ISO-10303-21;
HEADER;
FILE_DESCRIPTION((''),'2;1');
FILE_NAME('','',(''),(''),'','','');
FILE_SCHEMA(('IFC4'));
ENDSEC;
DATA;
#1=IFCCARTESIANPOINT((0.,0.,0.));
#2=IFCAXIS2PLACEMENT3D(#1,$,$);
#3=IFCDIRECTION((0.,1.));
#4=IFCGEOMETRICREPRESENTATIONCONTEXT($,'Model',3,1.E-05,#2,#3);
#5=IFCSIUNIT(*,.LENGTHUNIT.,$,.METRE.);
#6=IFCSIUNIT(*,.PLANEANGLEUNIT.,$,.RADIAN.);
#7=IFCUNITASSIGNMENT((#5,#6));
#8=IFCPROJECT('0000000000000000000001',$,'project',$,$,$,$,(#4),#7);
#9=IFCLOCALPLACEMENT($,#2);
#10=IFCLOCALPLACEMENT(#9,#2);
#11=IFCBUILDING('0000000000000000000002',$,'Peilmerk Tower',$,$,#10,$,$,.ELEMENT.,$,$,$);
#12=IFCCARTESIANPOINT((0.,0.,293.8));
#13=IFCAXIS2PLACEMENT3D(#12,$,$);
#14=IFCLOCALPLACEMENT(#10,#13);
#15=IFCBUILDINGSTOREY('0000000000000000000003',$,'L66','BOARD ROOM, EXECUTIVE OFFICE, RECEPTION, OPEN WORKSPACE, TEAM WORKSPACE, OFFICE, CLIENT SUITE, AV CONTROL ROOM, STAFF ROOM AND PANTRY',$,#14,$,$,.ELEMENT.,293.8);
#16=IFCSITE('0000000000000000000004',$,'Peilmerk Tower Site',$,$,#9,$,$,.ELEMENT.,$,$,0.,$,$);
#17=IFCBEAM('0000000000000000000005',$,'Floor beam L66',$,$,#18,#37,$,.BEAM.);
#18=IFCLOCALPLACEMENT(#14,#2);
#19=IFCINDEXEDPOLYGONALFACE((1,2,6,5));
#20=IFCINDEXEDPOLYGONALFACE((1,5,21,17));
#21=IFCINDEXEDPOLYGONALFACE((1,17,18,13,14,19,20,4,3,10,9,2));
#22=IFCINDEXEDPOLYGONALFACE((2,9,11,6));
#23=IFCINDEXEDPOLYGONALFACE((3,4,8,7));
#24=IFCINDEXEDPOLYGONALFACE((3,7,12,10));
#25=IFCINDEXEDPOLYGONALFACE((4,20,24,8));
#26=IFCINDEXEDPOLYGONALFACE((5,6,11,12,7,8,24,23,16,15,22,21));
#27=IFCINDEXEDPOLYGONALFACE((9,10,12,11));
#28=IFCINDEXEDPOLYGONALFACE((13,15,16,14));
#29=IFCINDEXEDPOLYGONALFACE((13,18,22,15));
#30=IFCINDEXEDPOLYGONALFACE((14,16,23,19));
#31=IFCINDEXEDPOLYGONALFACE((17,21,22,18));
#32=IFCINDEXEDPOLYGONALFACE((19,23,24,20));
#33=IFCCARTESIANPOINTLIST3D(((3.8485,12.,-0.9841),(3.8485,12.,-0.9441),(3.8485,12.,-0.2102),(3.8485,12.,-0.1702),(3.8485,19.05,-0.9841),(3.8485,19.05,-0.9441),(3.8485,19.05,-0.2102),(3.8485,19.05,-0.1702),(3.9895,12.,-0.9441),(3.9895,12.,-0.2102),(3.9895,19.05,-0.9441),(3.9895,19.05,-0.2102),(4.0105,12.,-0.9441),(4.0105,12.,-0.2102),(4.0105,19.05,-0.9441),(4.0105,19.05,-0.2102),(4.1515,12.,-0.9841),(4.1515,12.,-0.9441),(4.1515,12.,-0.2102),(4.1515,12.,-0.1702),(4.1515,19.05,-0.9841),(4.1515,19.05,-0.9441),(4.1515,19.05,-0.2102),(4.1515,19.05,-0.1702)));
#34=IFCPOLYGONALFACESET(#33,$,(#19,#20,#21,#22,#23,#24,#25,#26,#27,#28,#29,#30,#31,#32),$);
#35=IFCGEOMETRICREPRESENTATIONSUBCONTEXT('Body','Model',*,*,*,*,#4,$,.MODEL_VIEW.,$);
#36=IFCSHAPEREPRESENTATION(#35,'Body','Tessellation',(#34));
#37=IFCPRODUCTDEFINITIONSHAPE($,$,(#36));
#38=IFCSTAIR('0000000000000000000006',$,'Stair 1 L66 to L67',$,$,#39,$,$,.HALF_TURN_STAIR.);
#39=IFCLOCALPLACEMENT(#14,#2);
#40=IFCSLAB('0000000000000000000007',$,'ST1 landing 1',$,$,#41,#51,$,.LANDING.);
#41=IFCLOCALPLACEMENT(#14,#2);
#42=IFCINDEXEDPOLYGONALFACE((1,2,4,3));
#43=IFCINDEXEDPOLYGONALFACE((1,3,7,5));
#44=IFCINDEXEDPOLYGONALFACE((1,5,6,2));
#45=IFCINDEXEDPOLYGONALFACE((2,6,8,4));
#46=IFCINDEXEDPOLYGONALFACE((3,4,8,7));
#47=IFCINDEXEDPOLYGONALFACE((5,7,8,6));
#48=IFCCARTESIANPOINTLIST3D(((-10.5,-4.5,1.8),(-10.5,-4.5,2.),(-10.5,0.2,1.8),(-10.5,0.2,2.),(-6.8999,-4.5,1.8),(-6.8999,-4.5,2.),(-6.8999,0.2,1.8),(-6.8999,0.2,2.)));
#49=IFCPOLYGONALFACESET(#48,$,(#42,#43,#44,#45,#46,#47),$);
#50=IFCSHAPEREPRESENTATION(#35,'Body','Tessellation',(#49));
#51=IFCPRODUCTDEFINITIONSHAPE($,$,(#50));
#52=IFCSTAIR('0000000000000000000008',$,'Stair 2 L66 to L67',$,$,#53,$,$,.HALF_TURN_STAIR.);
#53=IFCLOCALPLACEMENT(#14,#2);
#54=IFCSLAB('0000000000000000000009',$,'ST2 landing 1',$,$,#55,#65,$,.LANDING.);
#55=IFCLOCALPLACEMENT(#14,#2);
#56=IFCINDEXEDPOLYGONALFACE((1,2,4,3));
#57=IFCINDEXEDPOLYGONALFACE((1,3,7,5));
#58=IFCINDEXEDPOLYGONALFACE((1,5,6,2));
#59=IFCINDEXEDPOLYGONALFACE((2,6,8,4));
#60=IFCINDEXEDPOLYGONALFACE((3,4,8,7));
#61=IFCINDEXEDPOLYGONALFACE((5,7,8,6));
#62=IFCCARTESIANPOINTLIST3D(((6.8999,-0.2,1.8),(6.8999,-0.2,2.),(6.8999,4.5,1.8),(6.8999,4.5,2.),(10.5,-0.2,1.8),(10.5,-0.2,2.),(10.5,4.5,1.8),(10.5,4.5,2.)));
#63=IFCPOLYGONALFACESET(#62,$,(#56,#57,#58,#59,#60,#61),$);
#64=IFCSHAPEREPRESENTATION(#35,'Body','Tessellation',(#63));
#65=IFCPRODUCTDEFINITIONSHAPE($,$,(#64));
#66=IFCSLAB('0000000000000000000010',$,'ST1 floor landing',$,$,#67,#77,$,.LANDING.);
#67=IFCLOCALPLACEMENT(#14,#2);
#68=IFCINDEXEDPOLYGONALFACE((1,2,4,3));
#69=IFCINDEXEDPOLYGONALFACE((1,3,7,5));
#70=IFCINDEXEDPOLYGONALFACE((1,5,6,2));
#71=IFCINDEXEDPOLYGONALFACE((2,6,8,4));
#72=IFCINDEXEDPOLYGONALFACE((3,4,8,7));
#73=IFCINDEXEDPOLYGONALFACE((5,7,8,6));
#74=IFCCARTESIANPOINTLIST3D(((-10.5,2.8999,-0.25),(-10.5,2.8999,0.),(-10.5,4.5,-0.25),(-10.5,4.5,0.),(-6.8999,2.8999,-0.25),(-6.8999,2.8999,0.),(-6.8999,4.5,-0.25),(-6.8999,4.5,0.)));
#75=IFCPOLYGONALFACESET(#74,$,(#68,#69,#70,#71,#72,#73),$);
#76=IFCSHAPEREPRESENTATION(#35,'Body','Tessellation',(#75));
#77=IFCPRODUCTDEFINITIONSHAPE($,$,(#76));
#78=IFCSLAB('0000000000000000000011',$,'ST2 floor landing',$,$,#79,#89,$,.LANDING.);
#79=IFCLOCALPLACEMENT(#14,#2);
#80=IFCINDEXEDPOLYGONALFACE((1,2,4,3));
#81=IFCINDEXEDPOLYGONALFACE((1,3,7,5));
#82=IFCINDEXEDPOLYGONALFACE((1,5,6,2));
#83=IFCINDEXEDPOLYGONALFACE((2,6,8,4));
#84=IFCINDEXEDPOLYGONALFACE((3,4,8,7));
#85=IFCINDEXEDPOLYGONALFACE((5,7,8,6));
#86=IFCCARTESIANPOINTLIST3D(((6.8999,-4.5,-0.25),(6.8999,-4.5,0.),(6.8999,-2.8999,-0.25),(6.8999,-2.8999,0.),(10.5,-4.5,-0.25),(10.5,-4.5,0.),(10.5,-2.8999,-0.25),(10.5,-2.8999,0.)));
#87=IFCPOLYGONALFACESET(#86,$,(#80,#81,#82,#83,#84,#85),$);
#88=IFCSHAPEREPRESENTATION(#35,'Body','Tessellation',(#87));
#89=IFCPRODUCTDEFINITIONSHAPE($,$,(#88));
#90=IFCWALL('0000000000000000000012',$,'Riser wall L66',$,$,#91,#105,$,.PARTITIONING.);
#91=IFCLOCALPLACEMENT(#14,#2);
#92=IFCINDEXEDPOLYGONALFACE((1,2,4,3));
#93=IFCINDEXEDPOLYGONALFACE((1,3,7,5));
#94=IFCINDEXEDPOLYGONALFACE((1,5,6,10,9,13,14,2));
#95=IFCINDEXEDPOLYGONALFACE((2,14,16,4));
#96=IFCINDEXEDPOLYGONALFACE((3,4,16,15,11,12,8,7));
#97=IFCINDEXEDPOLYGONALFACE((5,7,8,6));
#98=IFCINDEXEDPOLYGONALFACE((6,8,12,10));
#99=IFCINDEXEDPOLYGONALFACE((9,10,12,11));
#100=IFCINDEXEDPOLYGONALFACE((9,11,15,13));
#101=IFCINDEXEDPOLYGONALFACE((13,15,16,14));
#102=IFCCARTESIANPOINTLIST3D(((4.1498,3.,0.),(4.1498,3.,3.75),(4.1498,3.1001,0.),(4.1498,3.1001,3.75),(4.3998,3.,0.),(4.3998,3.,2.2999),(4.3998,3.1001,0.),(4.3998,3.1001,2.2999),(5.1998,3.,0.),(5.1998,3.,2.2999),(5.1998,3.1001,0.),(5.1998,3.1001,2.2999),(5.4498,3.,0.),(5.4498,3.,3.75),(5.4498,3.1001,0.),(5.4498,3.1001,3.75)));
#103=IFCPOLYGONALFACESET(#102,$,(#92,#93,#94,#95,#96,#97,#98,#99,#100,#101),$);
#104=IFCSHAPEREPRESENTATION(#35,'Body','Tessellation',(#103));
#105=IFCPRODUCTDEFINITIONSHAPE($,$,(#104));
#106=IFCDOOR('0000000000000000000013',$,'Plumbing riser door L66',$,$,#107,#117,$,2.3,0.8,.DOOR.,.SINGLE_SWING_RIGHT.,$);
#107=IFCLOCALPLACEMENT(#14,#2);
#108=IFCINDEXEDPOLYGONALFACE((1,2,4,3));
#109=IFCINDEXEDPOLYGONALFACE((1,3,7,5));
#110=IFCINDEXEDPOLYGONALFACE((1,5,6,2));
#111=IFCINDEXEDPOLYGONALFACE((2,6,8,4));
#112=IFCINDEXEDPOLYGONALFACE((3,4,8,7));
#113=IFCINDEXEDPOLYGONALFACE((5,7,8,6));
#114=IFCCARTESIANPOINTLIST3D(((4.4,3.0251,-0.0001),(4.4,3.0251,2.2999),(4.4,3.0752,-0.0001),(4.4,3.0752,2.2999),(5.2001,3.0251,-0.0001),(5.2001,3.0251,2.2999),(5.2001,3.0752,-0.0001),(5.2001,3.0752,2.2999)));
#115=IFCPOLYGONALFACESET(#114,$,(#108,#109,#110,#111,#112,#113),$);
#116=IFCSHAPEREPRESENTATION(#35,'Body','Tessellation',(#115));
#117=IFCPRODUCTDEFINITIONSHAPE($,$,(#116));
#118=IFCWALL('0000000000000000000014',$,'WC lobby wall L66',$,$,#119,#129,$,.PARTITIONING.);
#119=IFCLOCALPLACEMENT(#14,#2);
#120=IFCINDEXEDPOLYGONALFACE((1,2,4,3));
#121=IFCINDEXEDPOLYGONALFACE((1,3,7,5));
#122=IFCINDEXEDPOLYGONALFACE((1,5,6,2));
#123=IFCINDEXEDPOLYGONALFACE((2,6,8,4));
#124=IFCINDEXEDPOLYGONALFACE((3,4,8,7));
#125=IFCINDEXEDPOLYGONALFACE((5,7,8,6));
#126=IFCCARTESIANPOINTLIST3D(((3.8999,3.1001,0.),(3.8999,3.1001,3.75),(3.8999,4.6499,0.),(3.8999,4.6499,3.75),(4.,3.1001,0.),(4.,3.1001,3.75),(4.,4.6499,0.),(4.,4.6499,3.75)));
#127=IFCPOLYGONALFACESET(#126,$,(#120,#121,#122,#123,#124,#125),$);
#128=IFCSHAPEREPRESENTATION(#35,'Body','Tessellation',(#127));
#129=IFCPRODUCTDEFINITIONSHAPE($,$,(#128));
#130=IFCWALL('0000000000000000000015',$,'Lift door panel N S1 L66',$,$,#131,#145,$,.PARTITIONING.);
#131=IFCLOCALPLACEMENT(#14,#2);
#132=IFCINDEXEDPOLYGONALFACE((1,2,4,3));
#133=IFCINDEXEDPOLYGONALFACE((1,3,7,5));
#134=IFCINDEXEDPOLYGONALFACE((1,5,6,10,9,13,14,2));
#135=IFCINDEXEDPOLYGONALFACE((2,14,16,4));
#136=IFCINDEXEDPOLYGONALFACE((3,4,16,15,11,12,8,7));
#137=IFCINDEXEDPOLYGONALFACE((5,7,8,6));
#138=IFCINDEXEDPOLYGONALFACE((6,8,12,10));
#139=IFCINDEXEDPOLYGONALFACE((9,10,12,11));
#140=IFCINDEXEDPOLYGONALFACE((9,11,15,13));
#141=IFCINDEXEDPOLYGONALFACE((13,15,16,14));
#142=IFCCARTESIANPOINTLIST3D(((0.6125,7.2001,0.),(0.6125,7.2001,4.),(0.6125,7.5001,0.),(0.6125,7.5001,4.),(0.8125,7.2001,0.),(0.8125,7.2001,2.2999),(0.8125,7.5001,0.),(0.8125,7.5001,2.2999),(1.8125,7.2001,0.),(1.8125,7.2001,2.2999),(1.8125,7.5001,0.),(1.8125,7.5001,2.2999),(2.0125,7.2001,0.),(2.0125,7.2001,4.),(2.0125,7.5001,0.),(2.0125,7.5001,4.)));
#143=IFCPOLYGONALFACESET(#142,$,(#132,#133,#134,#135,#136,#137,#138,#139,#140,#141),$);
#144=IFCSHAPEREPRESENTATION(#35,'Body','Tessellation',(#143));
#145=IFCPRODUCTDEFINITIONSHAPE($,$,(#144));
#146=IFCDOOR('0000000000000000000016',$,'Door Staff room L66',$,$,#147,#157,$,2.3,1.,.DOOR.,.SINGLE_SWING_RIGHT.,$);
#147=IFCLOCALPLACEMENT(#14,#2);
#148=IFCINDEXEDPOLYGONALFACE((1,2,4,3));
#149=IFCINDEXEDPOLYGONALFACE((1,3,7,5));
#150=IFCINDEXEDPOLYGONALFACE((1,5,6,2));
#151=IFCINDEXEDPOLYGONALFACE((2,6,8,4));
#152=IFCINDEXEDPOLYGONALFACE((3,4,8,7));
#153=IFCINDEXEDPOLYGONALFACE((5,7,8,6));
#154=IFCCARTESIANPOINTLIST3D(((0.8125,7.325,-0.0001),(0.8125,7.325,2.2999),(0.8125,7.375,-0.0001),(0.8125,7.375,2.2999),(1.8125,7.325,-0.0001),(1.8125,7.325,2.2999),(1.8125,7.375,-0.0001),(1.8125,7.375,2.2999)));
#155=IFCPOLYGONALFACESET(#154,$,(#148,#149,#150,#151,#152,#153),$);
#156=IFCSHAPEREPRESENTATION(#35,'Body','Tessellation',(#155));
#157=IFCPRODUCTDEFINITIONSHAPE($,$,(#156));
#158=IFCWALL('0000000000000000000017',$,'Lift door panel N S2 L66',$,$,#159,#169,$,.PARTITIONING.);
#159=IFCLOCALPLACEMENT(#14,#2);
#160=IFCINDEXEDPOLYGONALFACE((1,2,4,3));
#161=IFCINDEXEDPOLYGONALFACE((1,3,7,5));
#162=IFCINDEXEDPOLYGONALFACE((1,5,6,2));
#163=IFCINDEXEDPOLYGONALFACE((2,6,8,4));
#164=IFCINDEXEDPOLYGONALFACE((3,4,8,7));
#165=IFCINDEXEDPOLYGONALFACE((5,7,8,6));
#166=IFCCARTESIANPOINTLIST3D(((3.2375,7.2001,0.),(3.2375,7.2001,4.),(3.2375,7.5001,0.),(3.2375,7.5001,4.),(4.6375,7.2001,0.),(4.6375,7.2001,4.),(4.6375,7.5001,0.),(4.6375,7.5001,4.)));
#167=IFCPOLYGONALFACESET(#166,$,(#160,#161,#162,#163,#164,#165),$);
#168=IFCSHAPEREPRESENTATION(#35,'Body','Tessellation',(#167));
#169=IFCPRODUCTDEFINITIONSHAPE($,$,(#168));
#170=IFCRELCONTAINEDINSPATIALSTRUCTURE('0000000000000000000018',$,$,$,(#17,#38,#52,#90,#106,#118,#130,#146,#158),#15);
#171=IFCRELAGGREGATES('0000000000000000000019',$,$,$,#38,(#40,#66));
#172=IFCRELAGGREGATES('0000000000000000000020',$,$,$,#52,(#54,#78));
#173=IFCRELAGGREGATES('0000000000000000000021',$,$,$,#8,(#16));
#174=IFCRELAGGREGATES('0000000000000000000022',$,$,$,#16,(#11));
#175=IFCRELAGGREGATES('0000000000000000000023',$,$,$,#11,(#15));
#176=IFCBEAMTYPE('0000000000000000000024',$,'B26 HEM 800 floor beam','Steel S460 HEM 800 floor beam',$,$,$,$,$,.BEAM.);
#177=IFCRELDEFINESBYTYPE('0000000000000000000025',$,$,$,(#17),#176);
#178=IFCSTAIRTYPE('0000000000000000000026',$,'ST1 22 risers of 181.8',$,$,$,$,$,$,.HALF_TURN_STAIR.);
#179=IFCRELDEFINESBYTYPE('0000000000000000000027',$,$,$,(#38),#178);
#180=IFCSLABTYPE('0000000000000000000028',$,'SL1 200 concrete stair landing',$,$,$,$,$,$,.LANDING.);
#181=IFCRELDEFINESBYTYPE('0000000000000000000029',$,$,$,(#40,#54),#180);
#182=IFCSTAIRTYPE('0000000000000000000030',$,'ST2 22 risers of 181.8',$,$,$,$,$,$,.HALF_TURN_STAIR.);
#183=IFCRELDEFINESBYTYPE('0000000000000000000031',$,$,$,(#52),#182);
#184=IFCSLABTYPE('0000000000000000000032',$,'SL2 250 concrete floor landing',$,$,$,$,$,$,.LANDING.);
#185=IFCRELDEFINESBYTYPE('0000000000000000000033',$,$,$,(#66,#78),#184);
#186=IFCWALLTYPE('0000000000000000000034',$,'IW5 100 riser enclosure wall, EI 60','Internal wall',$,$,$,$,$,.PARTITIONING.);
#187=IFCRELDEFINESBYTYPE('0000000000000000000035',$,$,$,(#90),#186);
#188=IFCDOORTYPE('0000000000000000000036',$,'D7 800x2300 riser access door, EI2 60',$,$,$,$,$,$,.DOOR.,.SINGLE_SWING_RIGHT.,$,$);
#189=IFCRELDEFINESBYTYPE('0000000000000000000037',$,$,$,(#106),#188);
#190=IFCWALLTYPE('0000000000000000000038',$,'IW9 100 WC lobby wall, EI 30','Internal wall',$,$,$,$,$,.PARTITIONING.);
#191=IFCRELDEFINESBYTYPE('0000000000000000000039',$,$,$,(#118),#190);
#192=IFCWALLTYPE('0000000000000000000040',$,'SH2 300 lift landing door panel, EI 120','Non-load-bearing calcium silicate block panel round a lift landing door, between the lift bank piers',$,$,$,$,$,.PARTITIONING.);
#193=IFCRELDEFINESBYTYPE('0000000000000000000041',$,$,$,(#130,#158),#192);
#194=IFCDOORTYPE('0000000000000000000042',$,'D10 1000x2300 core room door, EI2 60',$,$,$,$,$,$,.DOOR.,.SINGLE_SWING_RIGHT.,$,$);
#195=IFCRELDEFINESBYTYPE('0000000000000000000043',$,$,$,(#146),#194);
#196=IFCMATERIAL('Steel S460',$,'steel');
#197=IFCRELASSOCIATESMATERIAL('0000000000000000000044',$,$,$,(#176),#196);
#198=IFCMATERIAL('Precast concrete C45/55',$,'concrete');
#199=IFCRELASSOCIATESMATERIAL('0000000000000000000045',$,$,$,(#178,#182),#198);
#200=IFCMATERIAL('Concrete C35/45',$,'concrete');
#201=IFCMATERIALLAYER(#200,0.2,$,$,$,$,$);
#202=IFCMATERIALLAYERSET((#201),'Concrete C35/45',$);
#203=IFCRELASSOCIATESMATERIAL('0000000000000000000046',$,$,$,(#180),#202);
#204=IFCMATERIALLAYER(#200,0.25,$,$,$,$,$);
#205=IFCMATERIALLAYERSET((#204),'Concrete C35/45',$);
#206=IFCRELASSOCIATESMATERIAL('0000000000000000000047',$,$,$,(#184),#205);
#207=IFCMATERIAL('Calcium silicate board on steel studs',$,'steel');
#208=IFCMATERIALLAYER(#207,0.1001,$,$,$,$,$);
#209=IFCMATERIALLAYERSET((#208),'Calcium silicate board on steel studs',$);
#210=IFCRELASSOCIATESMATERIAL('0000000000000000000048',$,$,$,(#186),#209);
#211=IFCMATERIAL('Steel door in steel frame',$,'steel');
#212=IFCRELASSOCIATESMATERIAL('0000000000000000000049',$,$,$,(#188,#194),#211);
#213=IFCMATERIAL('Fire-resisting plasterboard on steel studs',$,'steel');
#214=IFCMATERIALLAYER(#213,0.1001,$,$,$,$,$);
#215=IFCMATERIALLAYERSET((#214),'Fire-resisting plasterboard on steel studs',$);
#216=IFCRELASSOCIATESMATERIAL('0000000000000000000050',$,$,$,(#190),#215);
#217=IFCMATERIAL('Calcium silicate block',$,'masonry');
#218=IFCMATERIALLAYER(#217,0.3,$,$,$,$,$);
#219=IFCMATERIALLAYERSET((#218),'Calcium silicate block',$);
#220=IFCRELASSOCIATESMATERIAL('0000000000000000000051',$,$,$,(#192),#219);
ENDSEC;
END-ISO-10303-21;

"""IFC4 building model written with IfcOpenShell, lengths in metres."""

from ifc_helpers import new_model, si_unit, direction, frame, frame_2d, origin, origin_2d, place, context, subcontext, project, spatial, polyline, rectangle, i_section, outline, extrude, material, layer, layer_set, material_profile, profile_set, type_object, element, fill, aggregate, save


model = new_model("IFC4")

# Units and contexts
model_context = context("Model", 3, precision=1e-05, world=origin(), true_north=direction((0.0, 1.0)))
body_context = subcontext(model_context, "Body", "Model", "MODEL_VIEW")
ifc_project = project(units=[si_unit("LENGTHUNIT", "METRE"), si_unit("PLANEANGLEUNIT", "RADIAN")], contexts=[model_context])

# Site, building, storey
site_placement = place(None, origin())
site = spatial("IfcSite", under=ifc_project, at=site_placement, Name="Peilmerk Tower Site", CompositionType="ELEMENT", RefElevation=0.0)
building_placement = place(site_placement, origin())
building = spatial("IfcBuilding", under=site, at=building_placement, Name="Peilmerk Tower", CompositionType="ELEMENT")
storey_placement = place(building_placement, frame((0.0, 0.0, 293.8)))
storey = spatial("IfcBuildingStorey", under=building, at=storey_placement, Name="L66", Description="BOARD ROOM, EXECUTIVE OFFICE, RECEPTION, OPEN WORKSPACE, TEAM WORKSPACE, OFFICE, CLIENT SUITE, AV CONTROL ROOM, STAFF ROOM AND PANTRY", CompositionType="ELEMENT", Elevation=293.8)

# Beam
ifc_material_1 = material(Name="Steel S460", Category="steel")
ifc_material_profile = material_profile(ifc_material_1, i_section(OverallWidth=0.303, OverallDepth=0.814, WebThickness=0.021, FlangeThickness=0.04, at=origin_2d()), Name="HEM 800")
ifc_profile_set = profile_set([ifc_material_profile], Name="Steel S460")
beam_type = type_object("IfcBeamType", Name="B26 HEM 800 floor beam", Description="Steel S460 HEM 800 floor beam", PredefinedType="BEAM", material=ifc_profile_set)
beam_placement = place(storey_placement, frame((4.0, 12.0, -0.5771), z_axis=(0.0, 1.0, 0.0), x_axis=(-1.0, 0.0, 0.0)))
element("IfcBeam", 1, at=beam_placement, inside=storey, type_object=beam_type, Name="Floor beam L66", PredefinedType="BEAM", context=body_context, shape_type="SweptSolid", body=[
    extrude(i_section(OverallWidth=0.303, OverallDepth=0.814, WebThickness=0.021, FlangeThickness=0.04, at=origin_2d()), origin(), (0.0, 0.0, 1.0), 7.05),
])

# Stairs, slabs
ifc_material_2 = material(Name="Precast concrete C45/55", Category="concrete")
stair_type_1 = type_object("IfcStairType", Name="ST1 22 risers of 181.8", PredefinedType="HALF_TURN_STAIR", material=ifc_material_2)
stair_1_placement = place(storey_placement, origin())
stair_1 = element("IfcStair", 2, at=stair_1_placement, inside=storey, type_object=stair_type_1, Name="Stair 1 L66 to L67", PredefinedType="HALF_TURN_STAIR")
ifc_material_3 = material(Name="Concrete C35/45", Category="concrete")
ifc_layer_1 = layer(ifc_material_3, 0.2)
ifc_layer_set_1 = layer_set([ifc_layer_1], Name="Concrete C35/45")
slab_type_1 = type_object("IfcSlabType", Name="SL1 200 concrete stair landing", PredefinedType="LANDING", material=ifc_layer_set_1)
slab_1_placement = place(storey_placement, frame((0.0, 0.0, 1.8)))
slab_1 = element("IfcSlab", 3, at=slab_1_placement, type_object=slab_type_1, Name="ST1 landing 1", PredefinedType="LANDING", context=body_context, shape_type="SweptSolid", body=[
    extrude(outline(polyline([(-10.5, -4.5), (-6.8999, -4.5), (-6.8999, 0.2), (-10.5, 0.2), (-10.5, -4.5)])), origin(), (0.0, 0.0, 1.0), 0.2),
])
stair_type_2 = type_object("IfcStairType", Name="ST2 22 risers of 181.8", PredefinedType="HALF_TURN_STAIR", material=ifc_material_2)
stair_2_placement = place(storey_placement, origin())
stair_2 = element("IfcStair", 4, at=stair_2_placement, inside=storey, type_object=stair_type_2, Name="Stair 2 L66 to L67", PredefinedType="HALF_TURN_STAIR")
slab_2_placement = place(storey_placement, frame((0.0, 0.0, 1.8)))
slab_2 = element("IfcSlab", 5, at=slab_2_placement, type_object=slab_type_1, Name="ST2 landing 1", PredefinedType="LANDING", context=body_context, shape_type="SweptSolid", body=[
    extrude(outline(polyline([(6.8999, -0.2), (10.5, -0.2), (10.5, 4.5), (6.8999, 4.5), (6.8999, -0.2)])), origin(), (0.0, 0.0, 1.0), 0.2),
])

# Slabs
ifc_layer_2 = layer(ifc_material_3, 0.25)
ifc_layer_set_2 = layer_set([ifc_layer_2], Name="Concrete C35/45")
slab_type_2 = type_object("IfcSlabType", Name="SL2 250 concrete floor landing", PredefinedType="LANDING", material=ifc_layer_set_2)
slab_3_placement = place(storey_placement, frame((0.0, 0.0, -0.25)))
slab_3 = element("IfcSlab", 6, at=slab_3_placement, type_object=slab_type_2, Name="ST1 floor landing", PredefinedType="LANDING", context=body_context, shape_type="SweptSolid", body=[
    extrude(outline(polyline([(-10.5, 2.8999), (-6.8999, 2.8999), (-6.8999, 4.5), (-10.5, 4.5), (-10.5, 2.8999)])), origin(), (0.0, 0.0, 1.0), 0.25),
])
aggregate(stair_1, [slab_1, slab_3])
slab_4_placement = place(storey_placement, frame((0.0, 0.0, -0.25)))
slab_4 = element("IfcSlab", 7, at=slab_4_placement, type_object=slab_type_2, Name="ST2 floor landing", PredefinedType="LANDING", context=body_context, shape_type="SweptSolid", body=[
    extrude(outline(polyline([(6.8999, -4.5), (10.5, -4.5), (10.5, -2.8999), (6.8999, -2.8999), (6.8999, -4.5)])), origin(), (0.0, 0.0, 1.0), 0.25),
])
aggregate(stair_2, [slab_2, slab_4])

# Wall, opening, door
ifc_material_4 = material(Name="Calcium silicate board on steel studs", Category="steel")
ifc_layer_3 = layer(ifc_material_4, 0.1001)
ifc_layer_set_3 = layer_set([ifc_layer_3], Name="Calcium silicate board on steel studs")
wall_type_1 = type_object("IfcWallType", Name="IW5 100 riser enclosure wall, EI 60", Description="Internal wall", PredefinedType="PARTITIONING", material=ifc_layer_set_3)
wall_1_placement = place(storey_placement, frame((4.1499, 3.05, 0.0), z_axis=(0.0, 0.0, 1.0), x_axis=(1.0, 0.0, 0.0)))
wall_1 = element("IfcWall", 8, at=wall_1_placement, inside=storey, type_object=wall_type_1, Name="Riser wall L66", PredefinedType="PARTITIONING", context=body_context, shape_type="SweptSolid", body=[
    extrude(rectangle(XDim=1.3, YDim=0.1001, at=frame_2d((0.6499, 0.0))), origin(), (0.0, 0.0, 1.0), 3.75),
])
opening_1_placement = place(wall_1_placement, frame((0.25, 0.0, 0.0)))
opening_1 = element("IfcOpeningElement", 9, at=opening_1_placement, cuts=wall_1, PredefinedType="OPENING", context=body_context, shape_type="SweptSolid", body=[
    extrude(rectangle(XDim=0.8, YDim=2.3, at=frame_2d((0.3999, 1.1499))), frame((0.0, 0.0601, 0.0), z_axis=(0.0, -1.0, 0.0), x_axis=(1.0, 0.0, 0.0)), (0.0, 0.0, 1.0), 0.1201),
])
ifc_material_5 = material(Name="Steel door in steel frame", Category="steel")
door_type_1 = type_object("IfcDoorType", Name="D7 800x2300 riser access door, EI2 60", OperationType="SINGLE_SWING_RIGHT", PredefinedType="DOOR", material=ifc_material_5)
door_1_placement = place(opening_1_placement, frame((0.8, 0.0, 0.0), z_axis=(0.0, 0.0, 1.0), x_axis=(-1.0, 0.0, 0.0)))
door_1 = element("IfcDoor", 10, at=door_1_placement, inside=storey, type_object=door_type_1, Name="Plumbing riser door L66", OperationType="SINGLE_SWING_RIGHT", OverallHeight=2.3, OverallWidth=0.8, PredefinedType="DOOR", context=body_context, shape_type="SweptSolid", body=[
    extrude(rectangle(XDim=0.8, YDim=2.3, at=frame_2d((0.3999, 1.1499))), frame((0.0, 0.0249, 0.0), z_axis=(0.0, -1.0, 0.0), x_axis=(1.0, 0.0, 0.0)), (0.0, 0.0, 1.0), 0.05),
])
fill(opening_1, door_1)

# Wall
ifc_material_6 = material(Name="Fire-resisting plasterboard on steel studs", Category="steel")
ifc_layer_4 = layer(ifc_material_6, 0.1001)
ifc_layer_set_4 = layer_set([ifc_layer_4], Name="Fire-resisting plasterboard on steel studs")
wall_type_2 = type_object("IfcWallType", Name="IW9 100 WC lobby wall, EI 30", Description="Internal wall", PredefinedType="PARTITIONING", material=ifc_layer_set_4)
wall_2_placement = place(storey_placement, frame((3.95, 3.1001, 0.0), z_axis=(0.0, 0.0, 1.0), x_axis=(0.0, 1.0, 0.0)))
element("IfcWall", 11, at=wall_2_placement, inside=storey, type_object=wall_type_2, Name="WC lobby wall L66", PredefinedType="PARTITIONING", context=body_context, shape_type="SweptSolid", body=[
    extrude(rectangle(XDim=1.5498, YDim=0.1001, at=frame_2d((0.7749, 0.0))), origin(), (0.0, 0.0, 1.0), 3.75),
])

# Wall, opening, door
ifc_material_7 = material(Name="Calcium silicate block", Category="masonry")
ifc_layer_5 = layer(ifc_material_7, 0.3)
ifc_layer_set_5 = layer_set([ifc_layer_5], Name="Calcium silicate block")
wall_type_3 = type_object("IfcWallType", Name="SH2 300 lift landing door panel, EI 120", Description="Non-load-bearing calcium silicate block panel round a lift landing door, between the lift bank piers", PredefinedType="PARTITIONING", material=ifc_layer_set_5)
wall_3_placement = place(storey_placement, frame((0.6125, 7.3501, 0.0), z_axis=(0.0, 0.0, 1.0), x_axis=(1.0, 0.0, 0.0)))
wall_3 = element("IfcWall", 12, at=wall_3_placement, inside=storey, type_object=wall_type_3, Name="Lift door panel N S1 L66", PredefinedType="PARTITIONING", context=body_context, shape_type="SweptSolid", body=[
    extrude(rectangle(XDim=1.3999, YDim=0.3, at=frame_2d((0.7, 0.0))), origin(), (0.0, 0.0, 1.0), 4.0),
])
opening_2_placement = place(wall_3_placement, frame((0.2, 0.0, 0.0)))
opening_2 = element("IfcOpeningElement", 13, at=opening_2_placement, cuts=wall_3, PredefinedType="OPENING", context=body_context, shape_type="SweptSolid", body=[
    extrude(rectangle(XDim=1.0, YDim=2.3, at=frame_2d((0.5, 1.1499))), frame((0.0, 0.1599, 0.0), z_axis=(0.0, -1.0, 0.0), x_axis=(1.0, 0.0, 0.0)), (0.0, 0.0, 1.0), 0.3201),
])
door_type_2 = type_object("IfcDoorType", Name="D10 1000x2300 core room door, EI2 60", OperationType="SINGLE_SWING_RIGHT", PredefinedType="DOOR", material=ifc_material_5)
door_2_placement = place(opening_2_placement, origin())
door_2 = element("IfcDoor", 14, at=door_2_placement, inside=storey, type_object=door_type_2, Name="Door Staff room L66", OperationType="SINGLE_SWING_RIGHT", OverallHeight=2.3, OverallWidth=1.0, PredefinedType="DOOR", context=body_context, shape_type="SweptSolid", body=[
    extrude(rectangle(XDim=1.0, YDim=2.3, at=frame_2d((0.5, 1.1499))), frame((0.0, 0.0249, 0.0), z_axis=(0.0, -1.0, 0.0), x_axis=(1.0, 0.0, 0.0)), (0.0, 0.0, 1.0), 0.05),
])
fill(opening_2, door_2)

# Wall
wall_4_placement = place(storey_placement, frame((3.2375, 7.3501, 0.0), z_axis=(0.0, 0.0, 1.0), x_axis=(1.0, 0.0, 0.0)))
element("IfcWall", 15, at=wall_4_placement, inside=storey, type_object=wall_type_3, Name="Lift door panel N S2 L66", PredefinedType="PARTITIONING", context=body_context, shape_type="SweptSolid", body=[
    extrude(rectangle(XDim=1.3999, YDim=0.3, at=frame_2d((0.7, 0.0))), origin(), (0.0, 0.0, 1.0), 4.0),
])

save(model, "model.ifc")
